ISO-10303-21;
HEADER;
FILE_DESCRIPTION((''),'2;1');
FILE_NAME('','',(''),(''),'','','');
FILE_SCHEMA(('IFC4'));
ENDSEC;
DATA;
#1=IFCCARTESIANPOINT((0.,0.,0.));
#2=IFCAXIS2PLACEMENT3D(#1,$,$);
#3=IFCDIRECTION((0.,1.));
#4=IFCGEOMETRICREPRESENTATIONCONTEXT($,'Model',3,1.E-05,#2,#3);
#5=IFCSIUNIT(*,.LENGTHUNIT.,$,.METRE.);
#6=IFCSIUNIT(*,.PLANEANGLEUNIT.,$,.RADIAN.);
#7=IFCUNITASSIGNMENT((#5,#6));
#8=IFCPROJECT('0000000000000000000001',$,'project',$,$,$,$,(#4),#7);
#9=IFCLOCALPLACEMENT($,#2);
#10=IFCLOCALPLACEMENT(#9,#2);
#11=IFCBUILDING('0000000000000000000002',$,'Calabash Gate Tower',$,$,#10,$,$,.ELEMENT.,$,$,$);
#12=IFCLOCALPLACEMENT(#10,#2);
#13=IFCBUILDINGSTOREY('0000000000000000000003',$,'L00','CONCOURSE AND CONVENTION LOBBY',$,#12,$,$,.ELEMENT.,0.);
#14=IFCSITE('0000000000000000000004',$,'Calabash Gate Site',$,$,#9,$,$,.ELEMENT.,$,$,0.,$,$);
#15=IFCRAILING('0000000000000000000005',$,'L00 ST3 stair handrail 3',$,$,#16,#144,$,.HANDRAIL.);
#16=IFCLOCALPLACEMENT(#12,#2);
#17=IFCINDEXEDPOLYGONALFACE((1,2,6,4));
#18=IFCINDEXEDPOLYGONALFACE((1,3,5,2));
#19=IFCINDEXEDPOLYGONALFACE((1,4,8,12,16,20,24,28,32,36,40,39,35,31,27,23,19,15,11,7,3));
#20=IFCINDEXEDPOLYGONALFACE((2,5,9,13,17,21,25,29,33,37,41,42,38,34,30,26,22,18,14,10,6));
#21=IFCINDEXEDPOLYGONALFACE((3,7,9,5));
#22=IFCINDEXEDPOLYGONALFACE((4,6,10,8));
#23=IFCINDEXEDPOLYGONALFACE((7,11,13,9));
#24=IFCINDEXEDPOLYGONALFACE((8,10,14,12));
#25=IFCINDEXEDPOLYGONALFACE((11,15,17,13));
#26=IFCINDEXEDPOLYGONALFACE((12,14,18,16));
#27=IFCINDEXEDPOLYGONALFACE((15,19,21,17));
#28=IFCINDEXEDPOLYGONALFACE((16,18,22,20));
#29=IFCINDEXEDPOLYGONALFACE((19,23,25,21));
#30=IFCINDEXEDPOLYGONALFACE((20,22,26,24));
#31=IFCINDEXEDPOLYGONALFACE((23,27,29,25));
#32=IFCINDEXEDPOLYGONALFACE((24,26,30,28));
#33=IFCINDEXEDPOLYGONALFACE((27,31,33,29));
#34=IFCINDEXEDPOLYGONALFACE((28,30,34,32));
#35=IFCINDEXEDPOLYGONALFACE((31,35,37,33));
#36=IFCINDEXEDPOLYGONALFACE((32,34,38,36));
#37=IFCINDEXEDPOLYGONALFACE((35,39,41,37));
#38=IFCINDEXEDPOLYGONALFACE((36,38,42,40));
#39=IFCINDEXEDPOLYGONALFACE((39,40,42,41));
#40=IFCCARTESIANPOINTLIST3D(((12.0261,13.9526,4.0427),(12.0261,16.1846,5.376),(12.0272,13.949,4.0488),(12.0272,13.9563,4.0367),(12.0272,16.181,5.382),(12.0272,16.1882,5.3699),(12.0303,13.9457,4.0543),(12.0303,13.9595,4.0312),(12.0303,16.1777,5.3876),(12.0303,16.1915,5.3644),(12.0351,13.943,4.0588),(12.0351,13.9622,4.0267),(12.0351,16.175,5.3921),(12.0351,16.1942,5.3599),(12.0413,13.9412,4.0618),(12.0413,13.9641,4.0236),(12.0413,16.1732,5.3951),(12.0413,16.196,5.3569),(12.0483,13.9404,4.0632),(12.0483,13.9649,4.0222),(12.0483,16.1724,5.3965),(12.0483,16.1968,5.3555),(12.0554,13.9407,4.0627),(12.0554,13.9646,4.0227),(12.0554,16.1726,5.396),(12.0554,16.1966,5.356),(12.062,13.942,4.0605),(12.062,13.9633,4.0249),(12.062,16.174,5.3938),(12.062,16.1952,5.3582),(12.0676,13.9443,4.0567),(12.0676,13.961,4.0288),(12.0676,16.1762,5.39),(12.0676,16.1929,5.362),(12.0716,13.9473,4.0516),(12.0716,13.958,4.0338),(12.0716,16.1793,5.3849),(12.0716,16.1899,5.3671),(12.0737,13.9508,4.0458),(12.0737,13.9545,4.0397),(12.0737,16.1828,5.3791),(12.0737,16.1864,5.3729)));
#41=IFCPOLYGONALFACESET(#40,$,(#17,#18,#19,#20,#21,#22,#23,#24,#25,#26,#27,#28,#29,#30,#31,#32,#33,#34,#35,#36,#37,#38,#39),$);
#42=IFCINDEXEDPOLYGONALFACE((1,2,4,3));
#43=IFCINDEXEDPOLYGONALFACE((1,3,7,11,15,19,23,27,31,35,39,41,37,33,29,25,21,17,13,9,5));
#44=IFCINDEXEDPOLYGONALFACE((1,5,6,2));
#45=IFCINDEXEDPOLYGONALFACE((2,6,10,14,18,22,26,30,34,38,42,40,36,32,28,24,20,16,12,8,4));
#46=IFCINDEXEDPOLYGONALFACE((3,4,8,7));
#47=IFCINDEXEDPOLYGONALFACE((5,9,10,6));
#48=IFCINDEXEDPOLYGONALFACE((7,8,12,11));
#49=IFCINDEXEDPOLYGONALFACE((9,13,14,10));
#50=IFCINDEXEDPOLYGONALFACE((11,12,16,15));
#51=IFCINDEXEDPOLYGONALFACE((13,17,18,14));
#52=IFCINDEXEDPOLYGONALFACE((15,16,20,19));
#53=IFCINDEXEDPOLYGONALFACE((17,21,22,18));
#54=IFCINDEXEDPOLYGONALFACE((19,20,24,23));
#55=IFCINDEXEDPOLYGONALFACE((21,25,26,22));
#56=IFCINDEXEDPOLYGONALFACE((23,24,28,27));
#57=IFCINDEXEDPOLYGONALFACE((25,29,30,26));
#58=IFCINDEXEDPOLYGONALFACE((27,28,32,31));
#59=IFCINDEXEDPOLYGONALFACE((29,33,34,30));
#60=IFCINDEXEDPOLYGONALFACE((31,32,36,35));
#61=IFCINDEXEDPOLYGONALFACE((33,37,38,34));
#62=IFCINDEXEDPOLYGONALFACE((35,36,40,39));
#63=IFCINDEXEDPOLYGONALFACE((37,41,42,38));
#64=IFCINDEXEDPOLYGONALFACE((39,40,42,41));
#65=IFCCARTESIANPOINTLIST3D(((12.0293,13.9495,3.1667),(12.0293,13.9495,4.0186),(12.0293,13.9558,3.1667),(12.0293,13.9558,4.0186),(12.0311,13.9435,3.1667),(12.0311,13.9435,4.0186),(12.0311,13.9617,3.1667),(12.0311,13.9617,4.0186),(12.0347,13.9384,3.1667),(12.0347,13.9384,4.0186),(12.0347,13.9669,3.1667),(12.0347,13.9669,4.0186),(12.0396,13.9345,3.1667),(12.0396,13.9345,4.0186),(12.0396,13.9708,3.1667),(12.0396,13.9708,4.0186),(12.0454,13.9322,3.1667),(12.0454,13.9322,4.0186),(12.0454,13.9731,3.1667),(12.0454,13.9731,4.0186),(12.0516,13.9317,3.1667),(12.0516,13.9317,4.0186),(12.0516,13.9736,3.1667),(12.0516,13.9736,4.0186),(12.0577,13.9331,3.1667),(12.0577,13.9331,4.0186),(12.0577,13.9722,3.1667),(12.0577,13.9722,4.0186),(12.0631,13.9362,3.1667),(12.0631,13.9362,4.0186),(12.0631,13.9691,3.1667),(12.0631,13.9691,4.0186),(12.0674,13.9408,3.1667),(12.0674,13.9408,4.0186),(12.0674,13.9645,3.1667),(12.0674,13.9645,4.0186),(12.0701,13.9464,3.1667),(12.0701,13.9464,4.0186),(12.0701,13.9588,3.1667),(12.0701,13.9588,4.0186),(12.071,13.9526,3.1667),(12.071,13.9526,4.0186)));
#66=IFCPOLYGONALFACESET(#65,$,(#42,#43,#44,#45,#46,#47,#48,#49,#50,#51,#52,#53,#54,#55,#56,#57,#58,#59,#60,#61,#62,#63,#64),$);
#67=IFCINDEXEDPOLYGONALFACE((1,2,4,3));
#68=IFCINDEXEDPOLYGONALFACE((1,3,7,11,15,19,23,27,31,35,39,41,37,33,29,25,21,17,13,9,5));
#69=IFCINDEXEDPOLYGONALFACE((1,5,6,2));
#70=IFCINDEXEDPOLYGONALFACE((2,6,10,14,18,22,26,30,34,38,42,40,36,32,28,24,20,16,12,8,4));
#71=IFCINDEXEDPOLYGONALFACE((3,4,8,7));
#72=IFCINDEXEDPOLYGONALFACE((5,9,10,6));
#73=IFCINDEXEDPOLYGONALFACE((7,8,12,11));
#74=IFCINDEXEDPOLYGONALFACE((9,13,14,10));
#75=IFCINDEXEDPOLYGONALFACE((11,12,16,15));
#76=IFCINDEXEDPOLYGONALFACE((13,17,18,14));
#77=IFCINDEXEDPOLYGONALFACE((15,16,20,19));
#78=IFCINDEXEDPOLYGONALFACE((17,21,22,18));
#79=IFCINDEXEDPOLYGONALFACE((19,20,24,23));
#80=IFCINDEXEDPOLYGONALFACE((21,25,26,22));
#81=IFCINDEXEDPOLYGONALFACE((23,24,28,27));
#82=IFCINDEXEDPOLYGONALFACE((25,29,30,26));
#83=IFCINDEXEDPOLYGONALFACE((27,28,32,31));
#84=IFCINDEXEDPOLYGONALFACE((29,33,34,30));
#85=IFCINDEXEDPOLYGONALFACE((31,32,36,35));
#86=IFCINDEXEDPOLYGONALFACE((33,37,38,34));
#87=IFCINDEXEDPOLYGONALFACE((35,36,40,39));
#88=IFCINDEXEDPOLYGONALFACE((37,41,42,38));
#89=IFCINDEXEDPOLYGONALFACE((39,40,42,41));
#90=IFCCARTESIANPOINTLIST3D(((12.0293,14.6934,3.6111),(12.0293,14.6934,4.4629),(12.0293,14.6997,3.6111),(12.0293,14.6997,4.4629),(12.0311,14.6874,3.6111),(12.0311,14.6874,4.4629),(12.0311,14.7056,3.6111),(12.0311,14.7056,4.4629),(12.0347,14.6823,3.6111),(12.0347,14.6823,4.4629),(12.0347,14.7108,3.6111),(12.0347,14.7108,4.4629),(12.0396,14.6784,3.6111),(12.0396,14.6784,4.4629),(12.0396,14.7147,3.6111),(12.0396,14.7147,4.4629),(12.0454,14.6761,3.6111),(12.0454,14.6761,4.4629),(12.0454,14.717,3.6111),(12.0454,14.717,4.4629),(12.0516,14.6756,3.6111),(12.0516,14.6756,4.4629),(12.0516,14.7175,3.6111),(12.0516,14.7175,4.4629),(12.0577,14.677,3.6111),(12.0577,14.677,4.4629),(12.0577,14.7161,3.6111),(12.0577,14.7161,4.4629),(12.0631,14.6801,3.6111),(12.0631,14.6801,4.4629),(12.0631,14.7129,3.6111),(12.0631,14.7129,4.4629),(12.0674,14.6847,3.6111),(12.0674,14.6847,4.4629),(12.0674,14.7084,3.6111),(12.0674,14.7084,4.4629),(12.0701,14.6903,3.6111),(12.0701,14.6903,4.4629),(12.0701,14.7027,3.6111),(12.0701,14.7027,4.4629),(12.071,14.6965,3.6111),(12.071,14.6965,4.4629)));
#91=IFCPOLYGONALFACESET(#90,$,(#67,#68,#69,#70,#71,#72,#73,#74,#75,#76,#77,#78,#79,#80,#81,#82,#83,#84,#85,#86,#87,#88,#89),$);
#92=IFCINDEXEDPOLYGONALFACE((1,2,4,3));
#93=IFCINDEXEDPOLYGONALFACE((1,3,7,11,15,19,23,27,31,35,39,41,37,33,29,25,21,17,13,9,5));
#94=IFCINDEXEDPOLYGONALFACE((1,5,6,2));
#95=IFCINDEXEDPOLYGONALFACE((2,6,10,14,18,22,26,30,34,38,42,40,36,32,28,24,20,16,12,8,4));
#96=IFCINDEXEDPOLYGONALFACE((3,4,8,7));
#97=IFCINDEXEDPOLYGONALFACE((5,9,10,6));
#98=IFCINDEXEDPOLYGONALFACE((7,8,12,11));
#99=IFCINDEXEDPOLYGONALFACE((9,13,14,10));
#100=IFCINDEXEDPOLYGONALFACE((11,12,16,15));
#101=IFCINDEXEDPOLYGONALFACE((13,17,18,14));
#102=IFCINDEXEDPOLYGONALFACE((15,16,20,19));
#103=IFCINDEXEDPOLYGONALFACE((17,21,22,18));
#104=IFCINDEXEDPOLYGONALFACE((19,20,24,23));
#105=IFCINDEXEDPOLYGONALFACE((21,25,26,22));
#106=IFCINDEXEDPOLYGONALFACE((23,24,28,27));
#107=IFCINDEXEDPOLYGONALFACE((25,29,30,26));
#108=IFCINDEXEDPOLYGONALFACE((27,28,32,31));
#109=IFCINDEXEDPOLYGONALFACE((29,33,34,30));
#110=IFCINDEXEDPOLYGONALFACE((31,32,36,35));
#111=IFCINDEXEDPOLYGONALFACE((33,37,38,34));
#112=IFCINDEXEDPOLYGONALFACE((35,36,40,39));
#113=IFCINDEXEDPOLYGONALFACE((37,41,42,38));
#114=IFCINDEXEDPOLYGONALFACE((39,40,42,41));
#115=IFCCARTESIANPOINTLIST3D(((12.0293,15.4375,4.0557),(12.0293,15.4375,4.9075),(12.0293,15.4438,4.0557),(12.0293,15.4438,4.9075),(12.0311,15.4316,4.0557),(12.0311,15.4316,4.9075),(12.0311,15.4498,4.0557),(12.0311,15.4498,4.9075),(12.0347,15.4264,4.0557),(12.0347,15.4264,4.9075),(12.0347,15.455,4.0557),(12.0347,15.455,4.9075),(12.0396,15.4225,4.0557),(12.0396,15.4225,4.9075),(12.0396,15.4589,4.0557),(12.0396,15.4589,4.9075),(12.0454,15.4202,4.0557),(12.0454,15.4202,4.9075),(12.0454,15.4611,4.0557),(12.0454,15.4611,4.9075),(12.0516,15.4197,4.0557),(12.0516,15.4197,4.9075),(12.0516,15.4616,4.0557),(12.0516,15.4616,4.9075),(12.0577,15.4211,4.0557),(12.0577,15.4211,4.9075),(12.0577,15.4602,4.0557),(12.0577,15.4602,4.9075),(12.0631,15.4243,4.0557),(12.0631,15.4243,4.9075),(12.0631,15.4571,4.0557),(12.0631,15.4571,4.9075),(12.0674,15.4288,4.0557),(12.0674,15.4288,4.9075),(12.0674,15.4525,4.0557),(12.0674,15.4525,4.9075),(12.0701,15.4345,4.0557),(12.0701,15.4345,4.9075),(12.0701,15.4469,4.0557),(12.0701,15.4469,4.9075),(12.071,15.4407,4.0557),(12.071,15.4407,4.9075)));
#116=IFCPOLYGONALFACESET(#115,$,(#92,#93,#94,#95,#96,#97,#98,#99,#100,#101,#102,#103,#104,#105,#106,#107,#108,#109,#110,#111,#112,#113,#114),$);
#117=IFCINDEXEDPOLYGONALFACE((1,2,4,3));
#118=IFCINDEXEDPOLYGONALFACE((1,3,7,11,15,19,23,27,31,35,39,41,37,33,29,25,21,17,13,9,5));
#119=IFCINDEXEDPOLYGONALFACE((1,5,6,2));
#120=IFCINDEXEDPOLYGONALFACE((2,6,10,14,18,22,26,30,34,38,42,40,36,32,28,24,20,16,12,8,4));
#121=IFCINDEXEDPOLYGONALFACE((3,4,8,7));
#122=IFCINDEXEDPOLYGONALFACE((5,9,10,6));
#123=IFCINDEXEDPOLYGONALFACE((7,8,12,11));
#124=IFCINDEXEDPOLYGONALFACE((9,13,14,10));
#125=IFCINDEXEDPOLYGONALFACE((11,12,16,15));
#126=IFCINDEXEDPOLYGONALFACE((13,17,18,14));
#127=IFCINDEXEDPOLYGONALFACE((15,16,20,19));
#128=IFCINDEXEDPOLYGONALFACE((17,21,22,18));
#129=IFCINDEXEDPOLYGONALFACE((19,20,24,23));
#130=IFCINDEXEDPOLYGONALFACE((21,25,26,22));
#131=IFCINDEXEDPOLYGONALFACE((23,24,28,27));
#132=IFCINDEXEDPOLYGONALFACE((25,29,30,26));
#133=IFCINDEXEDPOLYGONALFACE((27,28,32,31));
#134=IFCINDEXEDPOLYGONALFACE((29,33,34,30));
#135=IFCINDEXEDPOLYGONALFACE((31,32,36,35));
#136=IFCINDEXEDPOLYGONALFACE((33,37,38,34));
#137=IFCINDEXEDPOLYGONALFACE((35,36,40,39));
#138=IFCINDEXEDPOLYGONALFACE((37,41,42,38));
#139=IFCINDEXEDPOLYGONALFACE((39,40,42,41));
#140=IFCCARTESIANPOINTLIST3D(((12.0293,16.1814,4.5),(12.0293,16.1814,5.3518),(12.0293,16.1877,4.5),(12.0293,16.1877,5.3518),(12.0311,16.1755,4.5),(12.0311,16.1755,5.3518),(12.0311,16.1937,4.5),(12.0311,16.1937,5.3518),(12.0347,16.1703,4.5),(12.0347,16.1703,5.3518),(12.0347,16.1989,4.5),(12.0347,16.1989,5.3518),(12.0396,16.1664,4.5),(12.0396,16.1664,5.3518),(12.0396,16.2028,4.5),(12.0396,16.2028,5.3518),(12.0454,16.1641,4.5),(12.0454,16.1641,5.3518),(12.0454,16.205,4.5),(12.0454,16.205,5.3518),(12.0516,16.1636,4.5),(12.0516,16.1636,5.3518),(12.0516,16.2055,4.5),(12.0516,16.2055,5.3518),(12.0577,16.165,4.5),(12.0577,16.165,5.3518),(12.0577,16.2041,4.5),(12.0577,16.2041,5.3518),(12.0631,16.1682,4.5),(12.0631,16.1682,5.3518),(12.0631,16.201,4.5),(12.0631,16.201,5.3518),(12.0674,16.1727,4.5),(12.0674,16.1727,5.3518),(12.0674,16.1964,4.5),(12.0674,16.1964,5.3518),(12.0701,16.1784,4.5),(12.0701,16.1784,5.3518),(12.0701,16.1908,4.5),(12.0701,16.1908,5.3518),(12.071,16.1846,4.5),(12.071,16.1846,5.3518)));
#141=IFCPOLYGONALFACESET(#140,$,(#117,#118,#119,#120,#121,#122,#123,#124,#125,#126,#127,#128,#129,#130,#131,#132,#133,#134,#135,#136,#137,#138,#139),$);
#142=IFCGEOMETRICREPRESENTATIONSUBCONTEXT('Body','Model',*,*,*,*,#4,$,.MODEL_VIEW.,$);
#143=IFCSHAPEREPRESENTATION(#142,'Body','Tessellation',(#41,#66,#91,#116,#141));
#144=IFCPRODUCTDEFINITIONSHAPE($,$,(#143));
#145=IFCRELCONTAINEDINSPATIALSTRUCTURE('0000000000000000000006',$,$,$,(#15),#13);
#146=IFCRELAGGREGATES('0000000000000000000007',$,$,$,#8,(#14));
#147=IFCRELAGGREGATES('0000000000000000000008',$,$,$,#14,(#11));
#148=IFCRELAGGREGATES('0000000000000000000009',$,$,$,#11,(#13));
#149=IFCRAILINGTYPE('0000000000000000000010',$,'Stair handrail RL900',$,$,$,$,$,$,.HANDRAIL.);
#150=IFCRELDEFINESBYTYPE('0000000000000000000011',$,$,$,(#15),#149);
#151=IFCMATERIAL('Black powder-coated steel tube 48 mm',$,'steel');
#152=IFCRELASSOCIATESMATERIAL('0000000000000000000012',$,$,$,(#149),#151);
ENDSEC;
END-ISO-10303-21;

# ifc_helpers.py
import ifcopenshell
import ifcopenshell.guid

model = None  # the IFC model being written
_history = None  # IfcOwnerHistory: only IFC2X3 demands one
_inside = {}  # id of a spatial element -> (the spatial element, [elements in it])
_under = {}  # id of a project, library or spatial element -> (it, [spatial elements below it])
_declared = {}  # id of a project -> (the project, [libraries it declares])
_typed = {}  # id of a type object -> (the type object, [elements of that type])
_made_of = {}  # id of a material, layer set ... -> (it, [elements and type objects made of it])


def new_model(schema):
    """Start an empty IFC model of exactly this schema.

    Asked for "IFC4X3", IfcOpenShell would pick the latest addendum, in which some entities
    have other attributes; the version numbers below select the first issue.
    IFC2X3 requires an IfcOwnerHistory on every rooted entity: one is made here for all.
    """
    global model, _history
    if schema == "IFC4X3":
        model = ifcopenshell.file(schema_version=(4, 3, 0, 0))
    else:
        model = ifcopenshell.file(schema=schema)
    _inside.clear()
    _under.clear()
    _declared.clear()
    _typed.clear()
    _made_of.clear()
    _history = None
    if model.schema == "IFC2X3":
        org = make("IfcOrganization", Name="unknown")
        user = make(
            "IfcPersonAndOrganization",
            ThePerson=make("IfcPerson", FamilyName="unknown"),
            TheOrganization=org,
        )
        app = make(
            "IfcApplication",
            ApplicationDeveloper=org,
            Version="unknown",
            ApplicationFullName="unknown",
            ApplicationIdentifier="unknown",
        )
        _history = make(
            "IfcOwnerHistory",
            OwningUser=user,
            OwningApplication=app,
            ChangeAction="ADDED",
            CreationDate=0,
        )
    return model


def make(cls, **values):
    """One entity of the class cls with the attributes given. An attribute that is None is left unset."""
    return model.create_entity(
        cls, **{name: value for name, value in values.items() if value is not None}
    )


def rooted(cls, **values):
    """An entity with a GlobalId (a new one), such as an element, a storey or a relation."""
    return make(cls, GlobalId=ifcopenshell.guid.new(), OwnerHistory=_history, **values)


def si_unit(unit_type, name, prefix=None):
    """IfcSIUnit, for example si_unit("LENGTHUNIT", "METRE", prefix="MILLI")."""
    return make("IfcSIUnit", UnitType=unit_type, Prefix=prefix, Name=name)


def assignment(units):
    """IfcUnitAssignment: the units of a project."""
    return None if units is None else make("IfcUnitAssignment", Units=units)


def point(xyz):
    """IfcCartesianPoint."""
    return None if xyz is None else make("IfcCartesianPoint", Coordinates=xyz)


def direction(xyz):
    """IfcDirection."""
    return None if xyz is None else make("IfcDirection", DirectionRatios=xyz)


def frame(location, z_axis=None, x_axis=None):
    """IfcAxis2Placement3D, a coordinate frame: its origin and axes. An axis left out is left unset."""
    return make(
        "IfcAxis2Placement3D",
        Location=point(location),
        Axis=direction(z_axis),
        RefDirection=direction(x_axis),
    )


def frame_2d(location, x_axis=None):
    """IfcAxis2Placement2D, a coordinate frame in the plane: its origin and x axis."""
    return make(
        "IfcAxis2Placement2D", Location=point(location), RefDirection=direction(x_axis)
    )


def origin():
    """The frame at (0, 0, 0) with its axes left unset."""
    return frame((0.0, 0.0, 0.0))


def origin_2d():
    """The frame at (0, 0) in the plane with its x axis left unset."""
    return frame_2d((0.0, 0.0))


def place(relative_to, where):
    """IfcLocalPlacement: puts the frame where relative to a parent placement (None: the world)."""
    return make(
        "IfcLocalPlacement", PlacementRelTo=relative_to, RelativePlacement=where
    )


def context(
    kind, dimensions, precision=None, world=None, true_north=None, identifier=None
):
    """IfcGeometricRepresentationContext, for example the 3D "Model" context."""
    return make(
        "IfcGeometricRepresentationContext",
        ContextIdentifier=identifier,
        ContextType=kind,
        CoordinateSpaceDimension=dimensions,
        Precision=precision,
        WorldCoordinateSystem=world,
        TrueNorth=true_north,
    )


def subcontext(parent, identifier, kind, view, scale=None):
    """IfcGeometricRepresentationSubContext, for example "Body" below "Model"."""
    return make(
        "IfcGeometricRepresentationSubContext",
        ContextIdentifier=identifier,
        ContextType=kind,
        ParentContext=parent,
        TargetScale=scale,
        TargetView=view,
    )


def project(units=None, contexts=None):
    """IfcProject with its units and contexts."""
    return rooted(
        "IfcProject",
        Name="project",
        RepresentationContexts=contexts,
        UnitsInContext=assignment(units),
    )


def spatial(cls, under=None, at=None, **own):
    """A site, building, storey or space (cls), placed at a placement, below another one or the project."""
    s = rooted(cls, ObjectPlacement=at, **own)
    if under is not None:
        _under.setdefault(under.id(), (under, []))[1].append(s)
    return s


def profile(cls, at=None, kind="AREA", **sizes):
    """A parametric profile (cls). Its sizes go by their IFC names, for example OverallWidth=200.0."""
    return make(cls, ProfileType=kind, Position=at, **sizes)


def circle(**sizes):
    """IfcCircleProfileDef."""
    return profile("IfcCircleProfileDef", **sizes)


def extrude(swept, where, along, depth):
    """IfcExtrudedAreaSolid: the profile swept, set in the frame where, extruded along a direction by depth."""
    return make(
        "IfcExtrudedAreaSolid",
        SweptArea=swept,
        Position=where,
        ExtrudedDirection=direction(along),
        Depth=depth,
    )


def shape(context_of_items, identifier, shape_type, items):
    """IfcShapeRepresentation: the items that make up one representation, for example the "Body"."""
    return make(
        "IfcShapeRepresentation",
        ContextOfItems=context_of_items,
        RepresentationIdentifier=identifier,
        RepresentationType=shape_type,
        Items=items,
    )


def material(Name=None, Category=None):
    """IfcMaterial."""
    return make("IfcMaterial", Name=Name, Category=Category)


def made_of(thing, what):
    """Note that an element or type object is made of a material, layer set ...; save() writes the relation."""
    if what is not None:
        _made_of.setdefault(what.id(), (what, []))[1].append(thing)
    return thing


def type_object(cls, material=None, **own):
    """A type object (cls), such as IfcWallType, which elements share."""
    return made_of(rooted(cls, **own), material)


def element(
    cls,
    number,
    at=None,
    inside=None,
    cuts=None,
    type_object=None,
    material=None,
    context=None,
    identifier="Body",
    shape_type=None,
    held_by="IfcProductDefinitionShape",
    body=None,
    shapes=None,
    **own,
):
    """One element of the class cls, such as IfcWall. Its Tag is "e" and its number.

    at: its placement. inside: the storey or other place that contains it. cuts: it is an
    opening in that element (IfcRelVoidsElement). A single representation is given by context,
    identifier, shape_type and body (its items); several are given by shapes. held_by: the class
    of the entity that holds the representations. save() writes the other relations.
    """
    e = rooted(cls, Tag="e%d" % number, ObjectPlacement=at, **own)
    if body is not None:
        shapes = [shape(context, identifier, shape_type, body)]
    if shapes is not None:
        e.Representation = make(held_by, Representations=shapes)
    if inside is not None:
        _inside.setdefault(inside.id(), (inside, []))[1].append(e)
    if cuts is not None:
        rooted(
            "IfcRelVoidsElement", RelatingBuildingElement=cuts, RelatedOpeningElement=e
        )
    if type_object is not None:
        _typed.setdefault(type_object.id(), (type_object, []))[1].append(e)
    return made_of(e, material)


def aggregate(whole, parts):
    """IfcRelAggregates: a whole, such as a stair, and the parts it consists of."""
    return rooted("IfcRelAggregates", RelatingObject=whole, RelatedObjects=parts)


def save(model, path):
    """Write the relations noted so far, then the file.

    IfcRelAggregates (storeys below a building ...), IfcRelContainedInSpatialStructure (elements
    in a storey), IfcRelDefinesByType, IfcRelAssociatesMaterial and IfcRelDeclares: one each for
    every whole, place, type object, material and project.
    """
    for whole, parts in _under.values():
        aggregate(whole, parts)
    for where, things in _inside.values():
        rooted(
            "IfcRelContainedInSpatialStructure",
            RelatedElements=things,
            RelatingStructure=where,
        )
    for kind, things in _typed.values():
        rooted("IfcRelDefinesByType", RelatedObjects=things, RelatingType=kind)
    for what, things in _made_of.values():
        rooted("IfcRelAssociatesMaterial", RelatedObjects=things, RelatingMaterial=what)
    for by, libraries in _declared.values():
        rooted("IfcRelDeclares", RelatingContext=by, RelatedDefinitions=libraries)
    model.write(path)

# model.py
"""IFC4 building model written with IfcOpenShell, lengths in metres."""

from ifc_helpers import new_model, si_unit, direction, frame, origin, origin_2d, place, context, subcontext, project, spatial, circle, extrude, material, type_object, element, save


model = new_model("IFC4")

# Units and contexts
model_context = context("Model", 3, precision=1e-05, world=origin(), true_north=direction((0.0, 1.0)))
body_context = subcontext(model_context, "Body", "Model", "MODEL_VIEW")
ifc_project = project(units=[si_unit("LENGTHUNIT", "METRE"), si_unit("PLANEANGLEUNIT", "RADIAN")], contexts=[model_context])

# Site, building, storey
site_placement = place(None, origin())
site = spatial("IfcSite", under=ifc_project, at=site_placement, Name="Calabash Gate Site", CompositionType="ELEMENT", RefElevation=0.0)
building_placement = place(site_placement, origin())
building = spatial("IfcBuilding", under=site, at=building_placement, Name="Calabash Gate Tower", CompositionType="ELEMENT")
storey_placement = place(building_placement, origin())
storey = spatial("IfcBuildingStorey", under=building, at=storey_placement, Name="L00", Description="CONCOURSE AND CONVENTION LOBBY", CompositionType="ELEMENT", Elevation=0.0)

# Railing
ifc_material_1 = material(Name="Black powder-coated steel tube 48 mm", Category="steel")
railing_type_1 = type_object("IfcRailingType", Name="Stair handrail RL900", PredefinedType="HANDRAIL", material=ifc_material_1)
railing_1_placement = place(storey_placement, frame((12.05, 13.9526, 3.1667)))
element("IfcRailing", 1, at=railing_1_placement, inside=storey, type_object=railing_type_1, Name="L00 ST3 stair handrail 3", PredefinedType="HANDRAIL", context=body_context, shape_type="SweptSolid", body=[
    extrude(circle(Radius=0.0239, at=origin_2d()), frame((0.0, 0.0, 0.876), z_axis=(0.0, 0.858494, 0.512824), x_axis=(-1.0, 0.0, 0.0)), (0.0, 0.0, 1.0), 2.5999),
    extrude(circle(Radius=0.021, at=origin_2d()), origin(), (0.0, 0.0, 1.0), 0.8518),
    extrude(circle(Radius=0.021, at=origin_2d()), frame((0.0, 0.7439, 0.4443)), (0.0, 0.0, 1.0), 0.8518),
    extrude(circle(Radius=0.021, at=origin_2d()), frame((0.0, 1.488, 0.8889)), (0.0, 0.0, 1.0), 0.8518),
    extrude(circle(Radius=0.021, at=origin_2d()), frame((0.0, 2.2319, 1.3333)), (0.0, 0.0, 1.0), 0.8518),
])

save(model, "model.ifc")
